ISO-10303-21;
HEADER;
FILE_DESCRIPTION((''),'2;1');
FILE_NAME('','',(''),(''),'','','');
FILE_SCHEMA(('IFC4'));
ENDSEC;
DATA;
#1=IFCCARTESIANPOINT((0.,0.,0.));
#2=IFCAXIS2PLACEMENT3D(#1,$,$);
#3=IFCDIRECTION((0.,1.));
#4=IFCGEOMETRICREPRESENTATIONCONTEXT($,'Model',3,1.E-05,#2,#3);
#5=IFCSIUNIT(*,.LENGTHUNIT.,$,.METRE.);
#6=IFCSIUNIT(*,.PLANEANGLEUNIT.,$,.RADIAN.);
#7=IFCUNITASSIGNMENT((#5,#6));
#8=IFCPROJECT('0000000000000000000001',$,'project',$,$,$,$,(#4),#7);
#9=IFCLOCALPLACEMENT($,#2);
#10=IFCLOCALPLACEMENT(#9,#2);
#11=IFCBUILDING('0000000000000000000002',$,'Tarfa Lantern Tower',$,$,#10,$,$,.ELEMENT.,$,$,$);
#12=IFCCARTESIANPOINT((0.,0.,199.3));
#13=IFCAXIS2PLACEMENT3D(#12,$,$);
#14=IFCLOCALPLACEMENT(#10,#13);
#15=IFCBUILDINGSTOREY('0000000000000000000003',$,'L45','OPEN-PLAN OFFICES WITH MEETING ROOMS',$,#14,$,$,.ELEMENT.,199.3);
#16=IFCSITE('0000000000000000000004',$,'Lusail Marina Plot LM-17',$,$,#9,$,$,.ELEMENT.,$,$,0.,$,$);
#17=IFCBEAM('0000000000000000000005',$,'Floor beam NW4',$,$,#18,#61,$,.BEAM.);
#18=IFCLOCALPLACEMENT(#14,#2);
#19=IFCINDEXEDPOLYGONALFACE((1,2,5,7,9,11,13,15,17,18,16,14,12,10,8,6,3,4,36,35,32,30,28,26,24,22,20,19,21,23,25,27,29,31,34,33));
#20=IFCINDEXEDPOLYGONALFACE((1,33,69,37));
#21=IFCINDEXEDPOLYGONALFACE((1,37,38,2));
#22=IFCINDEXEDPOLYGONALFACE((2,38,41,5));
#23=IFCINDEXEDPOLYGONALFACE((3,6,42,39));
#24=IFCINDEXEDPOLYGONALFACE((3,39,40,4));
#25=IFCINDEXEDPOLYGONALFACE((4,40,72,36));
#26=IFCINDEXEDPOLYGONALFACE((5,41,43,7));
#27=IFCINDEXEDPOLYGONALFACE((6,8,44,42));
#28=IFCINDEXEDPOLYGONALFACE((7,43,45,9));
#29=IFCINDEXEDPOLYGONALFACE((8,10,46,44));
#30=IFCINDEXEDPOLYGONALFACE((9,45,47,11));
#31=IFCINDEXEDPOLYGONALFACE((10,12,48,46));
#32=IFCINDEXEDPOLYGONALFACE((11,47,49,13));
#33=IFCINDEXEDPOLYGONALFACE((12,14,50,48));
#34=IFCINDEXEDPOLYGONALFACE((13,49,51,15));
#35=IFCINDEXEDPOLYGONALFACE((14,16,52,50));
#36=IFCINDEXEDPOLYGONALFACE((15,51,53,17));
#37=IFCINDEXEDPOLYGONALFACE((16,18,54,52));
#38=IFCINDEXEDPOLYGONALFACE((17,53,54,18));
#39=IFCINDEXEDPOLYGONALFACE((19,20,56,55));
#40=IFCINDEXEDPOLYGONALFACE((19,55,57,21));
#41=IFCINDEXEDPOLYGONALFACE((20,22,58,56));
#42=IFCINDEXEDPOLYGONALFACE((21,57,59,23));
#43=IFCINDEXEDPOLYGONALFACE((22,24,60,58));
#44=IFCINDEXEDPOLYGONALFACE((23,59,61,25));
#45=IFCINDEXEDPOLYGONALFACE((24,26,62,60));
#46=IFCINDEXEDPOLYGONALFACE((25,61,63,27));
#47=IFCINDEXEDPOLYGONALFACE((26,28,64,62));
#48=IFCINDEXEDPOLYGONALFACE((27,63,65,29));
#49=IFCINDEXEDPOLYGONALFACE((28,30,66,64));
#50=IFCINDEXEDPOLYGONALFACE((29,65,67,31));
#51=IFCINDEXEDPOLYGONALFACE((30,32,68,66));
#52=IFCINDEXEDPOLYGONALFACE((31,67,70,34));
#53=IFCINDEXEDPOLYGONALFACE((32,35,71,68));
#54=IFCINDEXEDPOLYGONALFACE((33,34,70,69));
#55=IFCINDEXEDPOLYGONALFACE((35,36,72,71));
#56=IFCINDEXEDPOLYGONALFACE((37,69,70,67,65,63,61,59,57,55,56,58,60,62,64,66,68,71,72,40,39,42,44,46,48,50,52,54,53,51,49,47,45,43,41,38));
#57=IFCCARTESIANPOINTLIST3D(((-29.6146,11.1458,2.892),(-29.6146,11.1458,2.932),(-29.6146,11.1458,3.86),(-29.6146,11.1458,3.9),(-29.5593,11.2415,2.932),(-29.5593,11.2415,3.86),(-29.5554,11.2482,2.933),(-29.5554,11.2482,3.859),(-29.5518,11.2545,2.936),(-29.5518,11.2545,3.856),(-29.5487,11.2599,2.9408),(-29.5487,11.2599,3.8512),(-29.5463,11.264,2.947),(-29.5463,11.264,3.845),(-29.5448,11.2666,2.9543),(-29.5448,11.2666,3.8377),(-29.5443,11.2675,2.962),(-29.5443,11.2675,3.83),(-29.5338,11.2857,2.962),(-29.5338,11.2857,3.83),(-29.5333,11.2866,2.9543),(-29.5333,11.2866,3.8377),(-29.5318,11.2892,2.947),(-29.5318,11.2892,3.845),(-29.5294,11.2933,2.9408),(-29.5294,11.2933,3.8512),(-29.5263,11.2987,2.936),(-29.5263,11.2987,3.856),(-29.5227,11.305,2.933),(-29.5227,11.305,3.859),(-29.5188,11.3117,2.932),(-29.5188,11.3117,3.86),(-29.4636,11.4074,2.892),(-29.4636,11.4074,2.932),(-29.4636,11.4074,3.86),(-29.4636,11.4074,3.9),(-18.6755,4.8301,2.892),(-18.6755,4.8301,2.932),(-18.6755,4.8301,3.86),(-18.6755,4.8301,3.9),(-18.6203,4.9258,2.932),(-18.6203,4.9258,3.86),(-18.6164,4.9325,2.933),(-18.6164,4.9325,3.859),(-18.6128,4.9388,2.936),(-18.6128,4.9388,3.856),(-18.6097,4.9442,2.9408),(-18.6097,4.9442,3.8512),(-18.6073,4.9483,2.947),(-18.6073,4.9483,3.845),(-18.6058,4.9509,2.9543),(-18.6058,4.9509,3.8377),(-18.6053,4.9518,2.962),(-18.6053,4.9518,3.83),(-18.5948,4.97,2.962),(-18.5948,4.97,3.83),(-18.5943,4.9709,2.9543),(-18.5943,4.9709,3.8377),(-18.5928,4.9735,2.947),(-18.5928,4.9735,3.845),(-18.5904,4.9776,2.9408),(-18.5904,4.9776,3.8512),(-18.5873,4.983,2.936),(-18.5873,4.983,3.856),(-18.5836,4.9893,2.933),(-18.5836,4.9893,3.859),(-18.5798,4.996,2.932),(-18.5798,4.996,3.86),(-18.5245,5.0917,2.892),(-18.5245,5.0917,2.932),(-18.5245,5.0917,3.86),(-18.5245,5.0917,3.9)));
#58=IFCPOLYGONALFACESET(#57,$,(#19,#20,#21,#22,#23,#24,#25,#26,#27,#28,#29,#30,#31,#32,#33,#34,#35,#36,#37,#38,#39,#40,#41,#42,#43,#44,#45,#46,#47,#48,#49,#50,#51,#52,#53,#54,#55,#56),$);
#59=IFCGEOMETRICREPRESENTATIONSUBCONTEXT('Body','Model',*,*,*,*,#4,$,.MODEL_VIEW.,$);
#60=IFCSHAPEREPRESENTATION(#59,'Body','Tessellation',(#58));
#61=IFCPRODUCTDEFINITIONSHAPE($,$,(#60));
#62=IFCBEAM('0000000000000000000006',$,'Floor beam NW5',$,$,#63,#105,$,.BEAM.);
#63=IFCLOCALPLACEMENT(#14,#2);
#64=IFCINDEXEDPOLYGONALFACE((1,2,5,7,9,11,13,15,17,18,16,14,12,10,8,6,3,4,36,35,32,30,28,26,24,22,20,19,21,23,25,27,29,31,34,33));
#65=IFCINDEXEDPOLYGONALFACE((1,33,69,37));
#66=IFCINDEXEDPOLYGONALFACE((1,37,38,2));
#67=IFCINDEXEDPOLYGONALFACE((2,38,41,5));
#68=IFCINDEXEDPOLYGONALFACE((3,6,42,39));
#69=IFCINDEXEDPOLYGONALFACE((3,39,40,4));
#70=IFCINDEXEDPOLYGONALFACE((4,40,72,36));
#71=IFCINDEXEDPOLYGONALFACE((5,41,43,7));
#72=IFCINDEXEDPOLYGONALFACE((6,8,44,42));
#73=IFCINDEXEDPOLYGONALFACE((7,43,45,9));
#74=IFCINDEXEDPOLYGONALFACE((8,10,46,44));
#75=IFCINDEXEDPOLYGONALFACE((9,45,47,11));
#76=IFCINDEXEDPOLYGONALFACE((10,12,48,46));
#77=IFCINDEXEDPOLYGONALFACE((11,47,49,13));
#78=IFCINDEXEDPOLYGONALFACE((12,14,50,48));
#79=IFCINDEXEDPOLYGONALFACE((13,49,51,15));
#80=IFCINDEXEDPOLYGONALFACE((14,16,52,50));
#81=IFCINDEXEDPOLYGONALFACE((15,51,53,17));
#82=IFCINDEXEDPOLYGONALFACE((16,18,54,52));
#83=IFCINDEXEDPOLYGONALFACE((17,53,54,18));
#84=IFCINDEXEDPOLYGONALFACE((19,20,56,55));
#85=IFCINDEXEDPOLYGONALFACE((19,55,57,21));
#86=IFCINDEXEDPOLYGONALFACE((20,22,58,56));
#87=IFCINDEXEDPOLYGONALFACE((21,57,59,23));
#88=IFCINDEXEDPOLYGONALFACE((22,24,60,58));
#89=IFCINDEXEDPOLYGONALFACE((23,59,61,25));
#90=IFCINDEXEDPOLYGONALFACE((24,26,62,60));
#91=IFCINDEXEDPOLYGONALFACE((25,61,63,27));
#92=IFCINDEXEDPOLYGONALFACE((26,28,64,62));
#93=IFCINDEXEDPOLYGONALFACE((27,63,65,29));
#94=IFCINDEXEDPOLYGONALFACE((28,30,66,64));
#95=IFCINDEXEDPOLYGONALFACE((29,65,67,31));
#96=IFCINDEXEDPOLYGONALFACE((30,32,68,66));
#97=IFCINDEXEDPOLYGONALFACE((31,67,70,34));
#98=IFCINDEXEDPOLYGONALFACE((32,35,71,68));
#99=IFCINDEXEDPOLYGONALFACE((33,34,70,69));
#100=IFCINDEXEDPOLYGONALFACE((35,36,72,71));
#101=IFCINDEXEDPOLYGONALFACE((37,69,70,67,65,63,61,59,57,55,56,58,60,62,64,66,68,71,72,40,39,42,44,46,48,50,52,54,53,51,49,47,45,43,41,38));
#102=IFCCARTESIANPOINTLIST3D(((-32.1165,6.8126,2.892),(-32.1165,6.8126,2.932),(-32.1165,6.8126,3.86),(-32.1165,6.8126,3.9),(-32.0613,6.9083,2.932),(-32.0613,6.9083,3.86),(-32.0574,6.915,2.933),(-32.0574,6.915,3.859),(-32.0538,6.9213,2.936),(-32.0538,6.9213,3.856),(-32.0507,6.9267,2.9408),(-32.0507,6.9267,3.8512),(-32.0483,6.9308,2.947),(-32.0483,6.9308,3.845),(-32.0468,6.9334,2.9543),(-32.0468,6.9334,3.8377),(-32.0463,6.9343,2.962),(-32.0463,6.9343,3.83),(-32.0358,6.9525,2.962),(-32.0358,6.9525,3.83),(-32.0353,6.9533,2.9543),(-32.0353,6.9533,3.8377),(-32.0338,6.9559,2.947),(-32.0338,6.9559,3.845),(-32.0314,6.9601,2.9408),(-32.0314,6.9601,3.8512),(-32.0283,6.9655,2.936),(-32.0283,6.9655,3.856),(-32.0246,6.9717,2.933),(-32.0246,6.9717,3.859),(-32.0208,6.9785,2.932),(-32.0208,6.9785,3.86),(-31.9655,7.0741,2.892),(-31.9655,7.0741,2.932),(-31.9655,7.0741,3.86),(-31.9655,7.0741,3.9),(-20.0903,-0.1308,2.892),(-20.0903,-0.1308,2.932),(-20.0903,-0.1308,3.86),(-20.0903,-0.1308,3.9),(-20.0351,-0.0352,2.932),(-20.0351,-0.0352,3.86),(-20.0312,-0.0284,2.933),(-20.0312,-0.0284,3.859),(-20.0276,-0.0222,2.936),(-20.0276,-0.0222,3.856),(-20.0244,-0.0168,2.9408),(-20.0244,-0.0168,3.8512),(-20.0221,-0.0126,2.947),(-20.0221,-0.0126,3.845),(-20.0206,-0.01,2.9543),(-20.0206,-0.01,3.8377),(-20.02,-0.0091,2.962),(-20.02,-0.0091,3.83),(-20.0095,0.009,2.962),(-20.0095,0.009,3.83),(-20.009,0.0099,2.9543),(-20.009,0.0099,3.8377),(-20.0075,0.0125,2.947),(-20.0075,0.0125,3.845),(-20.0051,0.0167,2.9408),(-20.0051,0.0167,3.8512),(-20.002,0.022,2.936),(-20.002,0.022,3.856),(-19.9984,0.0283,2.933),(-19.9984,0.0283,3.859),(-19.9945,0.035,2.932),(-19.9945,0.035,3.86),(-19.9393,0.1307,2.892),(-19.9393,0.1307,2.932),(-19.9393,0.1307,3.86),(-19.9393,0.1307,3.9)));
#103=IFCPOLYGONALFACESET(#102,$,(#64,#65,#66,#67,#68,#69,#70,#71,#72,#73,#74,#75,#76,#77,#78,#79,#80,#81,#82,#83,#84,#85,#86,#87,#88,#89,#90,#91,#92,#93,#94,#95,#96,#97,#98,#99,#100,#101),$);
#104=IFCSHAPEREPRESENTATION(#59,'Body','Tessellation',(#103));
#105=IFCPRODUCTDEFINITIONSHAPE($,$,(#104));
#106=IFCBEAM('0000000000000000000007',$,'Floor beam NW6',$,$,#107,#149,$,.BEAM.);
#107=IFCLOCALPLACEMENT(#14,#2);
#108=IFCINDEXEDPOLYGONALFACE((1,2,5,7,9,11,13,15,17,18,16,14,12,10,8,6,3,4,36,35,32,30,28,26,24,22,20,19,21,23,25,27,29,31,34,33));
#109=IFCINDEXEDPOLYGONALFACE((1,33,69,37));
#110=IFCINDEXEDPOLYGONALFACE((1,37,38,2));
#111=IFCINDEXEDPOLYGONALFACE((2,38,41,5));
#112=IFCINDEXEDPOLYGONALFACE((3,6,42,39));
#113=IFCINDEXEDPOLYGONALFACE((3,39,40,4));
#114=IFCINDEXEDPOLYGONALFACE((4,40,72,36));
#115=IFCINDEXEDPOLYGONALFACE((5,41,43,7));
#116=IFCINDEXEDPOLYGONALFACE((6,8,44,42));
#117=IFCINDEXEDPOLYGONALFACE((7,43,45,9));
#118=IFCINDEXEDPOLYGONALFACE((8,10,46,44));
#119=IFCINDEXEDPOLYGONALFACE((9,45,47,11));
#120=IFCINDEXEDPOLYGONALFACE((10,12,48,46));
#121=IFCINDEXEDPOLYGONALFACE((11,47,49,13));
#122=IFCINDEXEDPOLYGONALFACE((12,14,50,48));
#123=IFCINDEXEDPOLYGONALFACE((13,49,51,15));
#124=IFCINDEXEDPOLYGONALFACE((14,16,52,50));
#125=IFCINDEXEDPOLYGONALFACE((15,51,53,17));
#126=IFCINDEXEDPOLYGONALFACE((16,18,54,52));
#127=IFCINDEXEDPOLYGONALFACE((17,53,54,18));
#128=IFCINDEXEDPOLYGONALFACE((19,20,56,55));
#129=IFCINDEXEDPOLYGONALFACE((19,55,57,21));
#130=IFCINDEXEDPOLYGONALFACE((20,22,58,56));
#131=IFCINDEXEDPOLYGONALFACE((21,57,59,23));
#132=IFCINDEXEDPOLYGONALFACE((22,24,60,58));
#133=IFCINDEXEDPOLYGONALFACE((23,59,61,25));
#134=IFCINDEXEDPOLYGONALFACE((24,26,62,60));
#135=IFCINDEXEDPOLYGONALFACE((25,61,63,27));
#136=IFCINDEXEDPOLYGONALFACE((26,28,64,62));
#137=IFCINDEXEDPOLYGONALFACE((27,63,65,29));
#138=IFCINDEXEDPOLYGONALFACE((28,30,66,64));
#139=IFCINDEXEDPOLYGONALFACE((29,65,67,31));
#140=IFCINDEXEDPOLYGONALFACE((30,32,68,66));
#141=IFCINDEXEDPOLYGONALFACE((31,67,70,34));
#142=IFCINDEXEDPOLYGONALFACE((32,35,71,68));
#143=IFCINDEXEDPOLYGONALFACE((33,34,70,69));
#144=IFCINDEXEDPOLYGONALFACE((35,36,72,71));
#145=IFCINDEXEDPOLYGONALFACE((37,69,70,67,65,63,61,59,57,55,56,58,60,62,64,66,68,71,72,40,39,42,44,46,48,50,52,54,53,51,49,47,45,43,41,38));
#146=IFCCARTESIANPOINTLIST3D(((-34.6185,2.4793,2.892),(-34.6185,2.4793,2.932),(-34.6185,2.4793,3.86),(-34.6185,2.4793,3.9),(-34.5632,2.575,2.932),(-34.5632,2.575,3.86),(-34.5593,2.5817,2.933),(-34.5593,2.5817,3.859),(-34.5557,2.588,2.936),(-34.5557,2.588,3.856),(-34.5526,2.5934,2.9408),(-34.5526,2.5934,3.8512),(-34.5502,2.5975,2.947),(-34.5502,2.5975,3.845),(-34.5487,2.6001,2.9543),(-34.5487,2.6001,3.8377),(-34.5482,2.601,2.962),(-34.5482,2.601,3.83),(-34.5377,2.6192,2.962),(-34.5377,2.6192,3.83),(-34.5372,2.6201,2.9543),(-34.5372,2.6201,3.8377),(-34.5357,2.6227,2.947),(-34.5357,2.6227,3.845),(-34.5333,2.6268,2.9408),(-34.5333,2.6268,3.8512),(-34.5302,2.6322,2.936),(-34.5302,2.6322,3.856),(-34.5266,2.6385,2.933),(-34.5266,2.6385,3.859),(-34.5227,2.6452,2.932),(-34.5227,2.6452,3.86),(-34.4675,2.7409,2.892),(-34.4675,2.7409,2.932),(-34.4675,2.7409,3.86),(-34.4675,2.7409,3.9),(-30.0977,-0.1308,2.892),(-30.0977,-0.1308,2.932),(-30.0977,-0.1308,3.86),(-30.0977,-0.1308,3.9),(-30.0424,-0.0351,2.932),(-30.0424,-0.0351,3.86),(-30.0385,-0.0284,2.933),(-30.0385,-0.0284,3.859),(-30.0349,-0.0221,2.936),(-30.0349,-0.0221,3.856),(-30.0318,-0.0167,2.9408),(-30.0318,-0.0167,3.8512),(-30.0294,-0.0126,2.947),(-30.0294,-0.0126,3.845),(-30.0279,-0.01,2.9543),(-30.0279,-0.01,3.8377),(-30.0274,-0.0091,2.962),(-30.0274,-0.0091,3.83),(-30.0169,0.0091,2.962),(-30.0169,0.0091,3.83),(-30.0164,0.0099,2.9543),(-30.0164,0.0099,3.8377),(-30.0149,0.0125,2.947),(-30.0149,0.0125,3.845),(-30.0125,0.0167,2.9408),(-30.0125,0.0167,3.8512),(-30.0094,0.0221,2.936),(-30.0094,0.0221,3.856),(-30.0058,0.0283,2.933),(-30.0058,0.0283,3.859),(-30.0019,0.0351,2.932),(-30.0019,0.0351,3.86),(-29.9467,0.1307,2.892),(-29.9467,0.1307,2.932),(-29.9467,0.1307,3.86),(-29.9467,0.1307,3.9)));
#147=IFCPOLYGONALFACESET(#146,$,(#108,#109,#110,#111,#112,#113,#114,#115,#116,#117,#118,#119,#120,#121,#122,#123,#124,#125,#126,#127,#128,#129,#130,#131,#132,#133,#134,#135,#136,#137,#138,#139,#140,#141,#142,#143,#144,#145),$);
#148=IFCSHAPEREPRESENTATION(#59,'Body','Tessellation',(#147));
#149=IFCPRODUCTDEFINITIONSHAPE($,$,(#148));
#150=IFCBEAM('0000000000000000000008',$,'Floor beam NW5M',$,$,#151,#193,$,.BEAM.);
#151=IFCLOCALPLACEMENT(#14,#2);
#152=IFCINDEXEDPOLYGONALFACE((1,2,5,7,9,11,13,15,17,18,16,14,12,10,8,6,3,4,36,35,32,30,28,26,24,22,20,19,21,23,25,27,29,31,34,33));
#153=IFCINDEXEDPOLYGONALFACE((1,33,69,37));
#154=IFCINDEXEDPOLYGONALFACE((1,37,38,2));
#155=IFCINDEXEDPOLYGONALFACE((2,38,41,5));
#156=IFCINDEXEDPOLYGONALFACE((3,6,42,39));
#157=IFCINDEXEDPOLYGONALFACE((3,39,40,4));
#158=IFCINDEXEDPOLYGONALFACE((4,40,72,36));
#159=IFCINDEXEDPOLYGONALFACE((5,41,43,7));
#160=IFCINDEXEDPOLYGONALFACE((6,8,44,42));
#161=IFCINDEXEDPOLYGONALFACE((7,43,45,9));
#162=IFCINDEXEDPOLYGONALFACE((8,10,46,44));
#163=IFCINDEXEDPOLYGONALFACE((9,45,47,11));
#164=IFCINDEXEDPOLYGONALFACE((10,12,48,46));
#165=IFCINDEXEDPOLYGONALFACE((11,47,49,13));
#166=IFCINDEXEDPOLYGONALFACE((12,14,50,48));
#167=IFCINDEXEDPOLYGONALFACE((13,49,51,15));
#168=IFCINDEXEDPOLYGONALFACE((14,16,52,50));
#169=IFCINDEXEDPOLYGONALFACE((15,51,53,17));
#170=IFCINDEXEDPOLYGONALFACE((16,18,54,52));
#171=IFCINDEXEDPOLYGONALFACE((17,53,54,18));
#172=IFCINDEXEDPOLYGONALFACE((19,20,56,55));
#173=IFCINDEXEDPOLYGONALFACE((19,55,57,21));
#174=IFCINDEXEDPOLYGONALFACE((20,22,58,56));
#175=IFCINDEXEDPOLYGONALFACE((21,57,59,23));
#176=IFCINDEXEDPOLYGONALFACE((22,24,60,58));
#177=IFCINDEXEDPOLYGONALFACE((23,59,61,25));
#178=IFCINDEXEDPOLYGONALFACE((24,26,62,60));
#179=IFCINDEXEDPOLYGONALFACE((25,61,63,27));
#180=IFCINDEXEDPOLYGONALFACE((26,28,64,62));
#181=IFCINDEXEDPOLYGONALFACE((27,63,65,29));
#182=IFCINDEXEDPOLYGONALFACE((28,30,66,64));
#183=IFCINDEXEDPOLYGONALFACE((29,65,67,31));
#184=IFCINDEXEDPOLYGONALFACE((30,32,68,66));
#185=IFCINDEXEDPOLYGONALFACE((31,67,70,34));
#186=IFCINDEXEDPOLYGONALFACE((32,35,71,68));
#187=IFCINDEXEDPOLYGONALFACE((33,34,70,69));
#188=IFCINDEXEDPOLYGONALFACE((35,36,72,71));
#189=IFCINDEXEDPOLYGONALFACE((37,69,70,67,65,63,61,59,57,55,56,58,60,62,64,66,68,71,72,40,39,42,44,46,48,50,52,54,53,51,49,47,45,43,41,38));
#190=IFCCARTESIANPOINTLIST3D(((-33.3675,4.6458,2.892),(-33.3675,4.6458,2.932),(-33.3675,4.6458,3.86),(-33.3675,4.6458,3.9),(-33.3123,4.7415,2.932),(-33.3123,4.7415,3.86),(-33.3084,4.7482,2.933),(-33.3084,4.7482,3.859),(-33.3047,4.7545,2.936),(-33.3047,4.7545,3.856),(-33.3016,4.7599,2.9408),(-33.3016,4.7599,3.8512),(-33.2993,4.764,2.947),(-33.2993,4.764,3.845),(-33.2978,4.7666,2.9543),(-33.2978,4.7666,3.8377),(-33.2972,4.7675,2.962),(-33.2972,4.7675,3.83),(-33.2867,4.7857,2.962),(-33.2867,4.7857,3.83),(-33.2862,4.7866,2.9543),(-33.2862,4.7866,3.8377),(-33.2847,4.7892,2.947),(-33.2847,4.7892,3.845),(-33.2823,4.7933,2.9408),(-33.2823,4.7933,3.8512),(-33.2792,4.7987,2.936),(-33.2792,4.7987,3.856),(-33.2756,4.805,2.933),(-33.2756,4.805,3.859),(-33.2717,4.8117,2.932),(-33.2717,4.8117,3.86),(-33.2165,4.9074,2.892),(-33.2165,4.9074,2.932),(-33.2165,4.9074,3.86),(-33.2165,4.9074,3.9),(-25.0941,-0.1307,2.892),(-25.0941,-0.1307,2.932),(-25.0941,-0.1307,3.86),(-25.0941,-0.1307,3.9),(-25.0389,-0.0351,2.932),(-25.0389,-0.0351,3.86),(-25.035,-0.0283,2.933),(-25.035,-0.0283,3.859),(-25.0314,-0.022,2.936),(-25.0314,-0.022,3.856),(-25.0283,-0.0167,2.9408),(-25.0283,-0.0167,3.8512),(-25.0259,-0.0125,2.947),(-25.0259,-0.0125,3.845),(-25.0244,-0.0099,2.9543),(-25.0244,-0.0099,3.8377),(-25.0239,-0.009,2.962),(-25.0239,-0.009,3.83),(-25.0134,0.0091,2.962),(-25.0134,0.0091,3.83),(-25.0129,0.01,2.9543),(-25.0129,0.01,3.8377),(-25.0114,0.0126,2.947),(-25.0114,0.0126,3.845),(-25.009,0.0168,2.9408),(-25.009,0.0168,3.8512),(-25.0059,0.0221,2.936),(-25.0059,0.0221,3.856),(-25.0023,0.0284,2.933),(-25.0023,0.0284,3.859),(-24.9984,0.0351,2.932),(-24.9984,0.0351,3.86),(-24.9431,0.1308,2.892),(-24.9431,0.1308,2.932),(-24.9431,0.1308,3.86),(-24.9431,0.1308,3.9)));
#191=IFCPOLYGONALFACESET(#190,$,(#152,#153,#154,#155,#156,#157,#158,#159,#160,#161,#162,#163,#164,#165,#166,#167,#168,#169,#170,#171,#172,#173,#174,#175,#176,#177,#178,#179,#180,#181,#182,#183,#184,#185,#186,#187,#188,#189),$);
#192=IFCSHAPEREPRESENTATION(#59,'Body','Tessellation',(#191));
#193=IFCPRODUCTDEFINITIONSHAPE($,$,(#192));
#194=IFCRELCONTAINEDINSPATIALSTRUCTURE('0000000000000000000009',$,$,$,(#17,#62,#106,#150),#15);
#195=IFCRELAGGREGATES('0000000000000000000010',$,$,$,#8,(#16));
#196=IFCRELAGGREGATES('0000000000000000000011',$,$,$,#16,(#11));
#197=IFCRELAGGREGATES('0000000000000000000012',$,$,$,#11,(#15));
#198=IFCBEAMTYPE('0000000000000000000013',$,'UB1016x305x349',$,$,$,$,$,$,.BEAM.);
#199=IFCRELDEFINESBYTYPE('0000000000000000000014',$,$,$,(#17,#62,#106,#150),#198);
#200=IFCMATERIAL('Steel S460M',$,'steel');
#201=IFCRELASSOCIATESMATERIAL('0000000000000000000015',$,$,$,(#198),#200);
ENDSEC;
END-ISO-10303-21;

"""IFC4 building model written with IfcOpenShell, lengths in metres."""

from ifc_helpers import new_model, si_unit, direction, frame, origin, origin_2d, place, context, subcontext, project, spatial, i_section, extrude, material, material_profile, profile_set, type_object, element, save


model = new_model("IFC4")

# Units and contexts
model_context = context("Model", 3, precision=1e-05, world=origin(), true_north=direction((0.0, 1.0)))
body_context = subcontext(model_context, "Body", "Model", "MODEL_VIEW")
ifc_project = project(units=[si_unit("LENGTHUNIT", "METRE"), si_unit("PLANEANGLEUNIT", "RADIAN")], contexts=[model_context])

# Site, building, storey
site_placement = place(None, origin())
site = spatial("IfcSite", under=ifc_project, at=site_placement, Name="Lusail Marina Plot LM-17", CompositionType="ELEMENT", RefElevation=0.0)
building_placement = place(site_placement, origin())
building = spatial("IfcBuilding", under=site, at=building_placement, Name="Tarfa Lantern Tower", CompositionType="ELEMENT")
storey_placement = place(building_placement, frame((0.0, 0.0, 199.3)))
storey = spatial("IfcBuildingStorey", under=building, at=storey_placement, Name="L45", Description="OPEN-PLAN OFFICES WITH MEETING ROOMS", CompositionType="ELEMENT", Elevation=199.3)

# Beams
ifc_material_1 = material(Name="Steel S460M", Category="steel")
ifc_material_profile_1 = material_profile(ifc_material_1, i_section(OverallWidth=0.302, OverallDepth=1.0081, WebThickness=0.021, FlangeThickness=0.04, FilletRadius=0.03, at=origin_2d()), Name="UB1016x305x349")
ifc_profile_set_1 = profile_set([ifc_material_profile_1], Name="Steel S460M")
beam_type_1 = type_object("IfcBeamType", Name="UB1016x305x349", PredefinedType="BEAM", material=ifc_profile_set_1)
beam_1_placement = place(storey_placement, frame((-29.5391, 11.2766, 3.396), z_axis=(0.866023, -0.500004, 0.0), x_axis=(0.500004, 0.866023, 0.0)))
element("IfcBeam", 1, at=beam_1_placement, inside=storey, type_object=beam_type_1, Name="Floor beam NW4", PredefinedType="BEAM", context=body_context, shape_type="SweptSolid", body=[
    extrude(i_section(OverallWidth=0.302, OverallDepth=1.0081, WebThickness=0.021, FlangeThickness=0.04, FilletRadius=0.03, at=origin_2d()), origin(), (0.0, 0.0, 1.0), 12.6313),
])
beam_2_placement = place(storey_placement, frame((-32.041, 6.9434, 3.396), z_axis=(0.866023, -0.500004, 0.0), x_axis=(0.500004, 0.866023, 0.0)))
element("IfcBeam", 2, at=beam_2_placement, inside=storey, type_object=beam_type_1, Name="Floor beam NW5", PredefinedType="BEAM", context=body_context, shape_type="SweptSolid", body=[
    extrude(i_section(OverallWidth=0.302, OverallDepth=1.0081, WebThickness=0.021, FlangeThickness=0.04, FilletRadius=0.03, at=origin_2d()), origin(), (0.0, 0.0, 1.0), 13.8867),
])
beam_3_placement = place(storey_placement, frame((-34.543, 2.6101, 3.396), z_axis=(0.866021, -0.500007, 0.0), x_axis=(0.500007, 0.866021, 0.0)))
element("IfcBeam", 3, at=beam_3_placement, inside=storey, type_object=beam_type_1, Name="Floor beam NW6", PredefinedType="BEAM", context=body_context, shape_type="SweptSolid", body=[
    extrude(i_section(OverallWidth=0.302, OverallDepth=1.0081, WebThickness=0.021, FlangeThickness=0.04, FilletRadius=0.03, at=origin_2d()), origin(), (0.0, 0.0, 1.0), 5.2202),
])
beam_4_placement = place(storey_placement, frame((-33.292, 4.7766, 3.396), z_axis=(0.866028, -0.499995, 0.0), x_axis=(0.499995, 0.866028, 0.0)))
element("IfcBeam", 4, at=beam_4_placement, inside=storey, type_object=beam_type_1, Name="Floor beam NW5M", PredefinedType="BEAM", context=body_context, shape_type="SweptSolid", body=[
    extrude(i_section(OverallWidth=0.302, OverallDepth=1.0081, WebThickness=0.021, FlangeThickness=0.04, FilletRadius=0.03, at=origin_2d()), origin(), (0.0, 0.0, 1.0), 9.5532),
])

save(model, "model.ifc")
